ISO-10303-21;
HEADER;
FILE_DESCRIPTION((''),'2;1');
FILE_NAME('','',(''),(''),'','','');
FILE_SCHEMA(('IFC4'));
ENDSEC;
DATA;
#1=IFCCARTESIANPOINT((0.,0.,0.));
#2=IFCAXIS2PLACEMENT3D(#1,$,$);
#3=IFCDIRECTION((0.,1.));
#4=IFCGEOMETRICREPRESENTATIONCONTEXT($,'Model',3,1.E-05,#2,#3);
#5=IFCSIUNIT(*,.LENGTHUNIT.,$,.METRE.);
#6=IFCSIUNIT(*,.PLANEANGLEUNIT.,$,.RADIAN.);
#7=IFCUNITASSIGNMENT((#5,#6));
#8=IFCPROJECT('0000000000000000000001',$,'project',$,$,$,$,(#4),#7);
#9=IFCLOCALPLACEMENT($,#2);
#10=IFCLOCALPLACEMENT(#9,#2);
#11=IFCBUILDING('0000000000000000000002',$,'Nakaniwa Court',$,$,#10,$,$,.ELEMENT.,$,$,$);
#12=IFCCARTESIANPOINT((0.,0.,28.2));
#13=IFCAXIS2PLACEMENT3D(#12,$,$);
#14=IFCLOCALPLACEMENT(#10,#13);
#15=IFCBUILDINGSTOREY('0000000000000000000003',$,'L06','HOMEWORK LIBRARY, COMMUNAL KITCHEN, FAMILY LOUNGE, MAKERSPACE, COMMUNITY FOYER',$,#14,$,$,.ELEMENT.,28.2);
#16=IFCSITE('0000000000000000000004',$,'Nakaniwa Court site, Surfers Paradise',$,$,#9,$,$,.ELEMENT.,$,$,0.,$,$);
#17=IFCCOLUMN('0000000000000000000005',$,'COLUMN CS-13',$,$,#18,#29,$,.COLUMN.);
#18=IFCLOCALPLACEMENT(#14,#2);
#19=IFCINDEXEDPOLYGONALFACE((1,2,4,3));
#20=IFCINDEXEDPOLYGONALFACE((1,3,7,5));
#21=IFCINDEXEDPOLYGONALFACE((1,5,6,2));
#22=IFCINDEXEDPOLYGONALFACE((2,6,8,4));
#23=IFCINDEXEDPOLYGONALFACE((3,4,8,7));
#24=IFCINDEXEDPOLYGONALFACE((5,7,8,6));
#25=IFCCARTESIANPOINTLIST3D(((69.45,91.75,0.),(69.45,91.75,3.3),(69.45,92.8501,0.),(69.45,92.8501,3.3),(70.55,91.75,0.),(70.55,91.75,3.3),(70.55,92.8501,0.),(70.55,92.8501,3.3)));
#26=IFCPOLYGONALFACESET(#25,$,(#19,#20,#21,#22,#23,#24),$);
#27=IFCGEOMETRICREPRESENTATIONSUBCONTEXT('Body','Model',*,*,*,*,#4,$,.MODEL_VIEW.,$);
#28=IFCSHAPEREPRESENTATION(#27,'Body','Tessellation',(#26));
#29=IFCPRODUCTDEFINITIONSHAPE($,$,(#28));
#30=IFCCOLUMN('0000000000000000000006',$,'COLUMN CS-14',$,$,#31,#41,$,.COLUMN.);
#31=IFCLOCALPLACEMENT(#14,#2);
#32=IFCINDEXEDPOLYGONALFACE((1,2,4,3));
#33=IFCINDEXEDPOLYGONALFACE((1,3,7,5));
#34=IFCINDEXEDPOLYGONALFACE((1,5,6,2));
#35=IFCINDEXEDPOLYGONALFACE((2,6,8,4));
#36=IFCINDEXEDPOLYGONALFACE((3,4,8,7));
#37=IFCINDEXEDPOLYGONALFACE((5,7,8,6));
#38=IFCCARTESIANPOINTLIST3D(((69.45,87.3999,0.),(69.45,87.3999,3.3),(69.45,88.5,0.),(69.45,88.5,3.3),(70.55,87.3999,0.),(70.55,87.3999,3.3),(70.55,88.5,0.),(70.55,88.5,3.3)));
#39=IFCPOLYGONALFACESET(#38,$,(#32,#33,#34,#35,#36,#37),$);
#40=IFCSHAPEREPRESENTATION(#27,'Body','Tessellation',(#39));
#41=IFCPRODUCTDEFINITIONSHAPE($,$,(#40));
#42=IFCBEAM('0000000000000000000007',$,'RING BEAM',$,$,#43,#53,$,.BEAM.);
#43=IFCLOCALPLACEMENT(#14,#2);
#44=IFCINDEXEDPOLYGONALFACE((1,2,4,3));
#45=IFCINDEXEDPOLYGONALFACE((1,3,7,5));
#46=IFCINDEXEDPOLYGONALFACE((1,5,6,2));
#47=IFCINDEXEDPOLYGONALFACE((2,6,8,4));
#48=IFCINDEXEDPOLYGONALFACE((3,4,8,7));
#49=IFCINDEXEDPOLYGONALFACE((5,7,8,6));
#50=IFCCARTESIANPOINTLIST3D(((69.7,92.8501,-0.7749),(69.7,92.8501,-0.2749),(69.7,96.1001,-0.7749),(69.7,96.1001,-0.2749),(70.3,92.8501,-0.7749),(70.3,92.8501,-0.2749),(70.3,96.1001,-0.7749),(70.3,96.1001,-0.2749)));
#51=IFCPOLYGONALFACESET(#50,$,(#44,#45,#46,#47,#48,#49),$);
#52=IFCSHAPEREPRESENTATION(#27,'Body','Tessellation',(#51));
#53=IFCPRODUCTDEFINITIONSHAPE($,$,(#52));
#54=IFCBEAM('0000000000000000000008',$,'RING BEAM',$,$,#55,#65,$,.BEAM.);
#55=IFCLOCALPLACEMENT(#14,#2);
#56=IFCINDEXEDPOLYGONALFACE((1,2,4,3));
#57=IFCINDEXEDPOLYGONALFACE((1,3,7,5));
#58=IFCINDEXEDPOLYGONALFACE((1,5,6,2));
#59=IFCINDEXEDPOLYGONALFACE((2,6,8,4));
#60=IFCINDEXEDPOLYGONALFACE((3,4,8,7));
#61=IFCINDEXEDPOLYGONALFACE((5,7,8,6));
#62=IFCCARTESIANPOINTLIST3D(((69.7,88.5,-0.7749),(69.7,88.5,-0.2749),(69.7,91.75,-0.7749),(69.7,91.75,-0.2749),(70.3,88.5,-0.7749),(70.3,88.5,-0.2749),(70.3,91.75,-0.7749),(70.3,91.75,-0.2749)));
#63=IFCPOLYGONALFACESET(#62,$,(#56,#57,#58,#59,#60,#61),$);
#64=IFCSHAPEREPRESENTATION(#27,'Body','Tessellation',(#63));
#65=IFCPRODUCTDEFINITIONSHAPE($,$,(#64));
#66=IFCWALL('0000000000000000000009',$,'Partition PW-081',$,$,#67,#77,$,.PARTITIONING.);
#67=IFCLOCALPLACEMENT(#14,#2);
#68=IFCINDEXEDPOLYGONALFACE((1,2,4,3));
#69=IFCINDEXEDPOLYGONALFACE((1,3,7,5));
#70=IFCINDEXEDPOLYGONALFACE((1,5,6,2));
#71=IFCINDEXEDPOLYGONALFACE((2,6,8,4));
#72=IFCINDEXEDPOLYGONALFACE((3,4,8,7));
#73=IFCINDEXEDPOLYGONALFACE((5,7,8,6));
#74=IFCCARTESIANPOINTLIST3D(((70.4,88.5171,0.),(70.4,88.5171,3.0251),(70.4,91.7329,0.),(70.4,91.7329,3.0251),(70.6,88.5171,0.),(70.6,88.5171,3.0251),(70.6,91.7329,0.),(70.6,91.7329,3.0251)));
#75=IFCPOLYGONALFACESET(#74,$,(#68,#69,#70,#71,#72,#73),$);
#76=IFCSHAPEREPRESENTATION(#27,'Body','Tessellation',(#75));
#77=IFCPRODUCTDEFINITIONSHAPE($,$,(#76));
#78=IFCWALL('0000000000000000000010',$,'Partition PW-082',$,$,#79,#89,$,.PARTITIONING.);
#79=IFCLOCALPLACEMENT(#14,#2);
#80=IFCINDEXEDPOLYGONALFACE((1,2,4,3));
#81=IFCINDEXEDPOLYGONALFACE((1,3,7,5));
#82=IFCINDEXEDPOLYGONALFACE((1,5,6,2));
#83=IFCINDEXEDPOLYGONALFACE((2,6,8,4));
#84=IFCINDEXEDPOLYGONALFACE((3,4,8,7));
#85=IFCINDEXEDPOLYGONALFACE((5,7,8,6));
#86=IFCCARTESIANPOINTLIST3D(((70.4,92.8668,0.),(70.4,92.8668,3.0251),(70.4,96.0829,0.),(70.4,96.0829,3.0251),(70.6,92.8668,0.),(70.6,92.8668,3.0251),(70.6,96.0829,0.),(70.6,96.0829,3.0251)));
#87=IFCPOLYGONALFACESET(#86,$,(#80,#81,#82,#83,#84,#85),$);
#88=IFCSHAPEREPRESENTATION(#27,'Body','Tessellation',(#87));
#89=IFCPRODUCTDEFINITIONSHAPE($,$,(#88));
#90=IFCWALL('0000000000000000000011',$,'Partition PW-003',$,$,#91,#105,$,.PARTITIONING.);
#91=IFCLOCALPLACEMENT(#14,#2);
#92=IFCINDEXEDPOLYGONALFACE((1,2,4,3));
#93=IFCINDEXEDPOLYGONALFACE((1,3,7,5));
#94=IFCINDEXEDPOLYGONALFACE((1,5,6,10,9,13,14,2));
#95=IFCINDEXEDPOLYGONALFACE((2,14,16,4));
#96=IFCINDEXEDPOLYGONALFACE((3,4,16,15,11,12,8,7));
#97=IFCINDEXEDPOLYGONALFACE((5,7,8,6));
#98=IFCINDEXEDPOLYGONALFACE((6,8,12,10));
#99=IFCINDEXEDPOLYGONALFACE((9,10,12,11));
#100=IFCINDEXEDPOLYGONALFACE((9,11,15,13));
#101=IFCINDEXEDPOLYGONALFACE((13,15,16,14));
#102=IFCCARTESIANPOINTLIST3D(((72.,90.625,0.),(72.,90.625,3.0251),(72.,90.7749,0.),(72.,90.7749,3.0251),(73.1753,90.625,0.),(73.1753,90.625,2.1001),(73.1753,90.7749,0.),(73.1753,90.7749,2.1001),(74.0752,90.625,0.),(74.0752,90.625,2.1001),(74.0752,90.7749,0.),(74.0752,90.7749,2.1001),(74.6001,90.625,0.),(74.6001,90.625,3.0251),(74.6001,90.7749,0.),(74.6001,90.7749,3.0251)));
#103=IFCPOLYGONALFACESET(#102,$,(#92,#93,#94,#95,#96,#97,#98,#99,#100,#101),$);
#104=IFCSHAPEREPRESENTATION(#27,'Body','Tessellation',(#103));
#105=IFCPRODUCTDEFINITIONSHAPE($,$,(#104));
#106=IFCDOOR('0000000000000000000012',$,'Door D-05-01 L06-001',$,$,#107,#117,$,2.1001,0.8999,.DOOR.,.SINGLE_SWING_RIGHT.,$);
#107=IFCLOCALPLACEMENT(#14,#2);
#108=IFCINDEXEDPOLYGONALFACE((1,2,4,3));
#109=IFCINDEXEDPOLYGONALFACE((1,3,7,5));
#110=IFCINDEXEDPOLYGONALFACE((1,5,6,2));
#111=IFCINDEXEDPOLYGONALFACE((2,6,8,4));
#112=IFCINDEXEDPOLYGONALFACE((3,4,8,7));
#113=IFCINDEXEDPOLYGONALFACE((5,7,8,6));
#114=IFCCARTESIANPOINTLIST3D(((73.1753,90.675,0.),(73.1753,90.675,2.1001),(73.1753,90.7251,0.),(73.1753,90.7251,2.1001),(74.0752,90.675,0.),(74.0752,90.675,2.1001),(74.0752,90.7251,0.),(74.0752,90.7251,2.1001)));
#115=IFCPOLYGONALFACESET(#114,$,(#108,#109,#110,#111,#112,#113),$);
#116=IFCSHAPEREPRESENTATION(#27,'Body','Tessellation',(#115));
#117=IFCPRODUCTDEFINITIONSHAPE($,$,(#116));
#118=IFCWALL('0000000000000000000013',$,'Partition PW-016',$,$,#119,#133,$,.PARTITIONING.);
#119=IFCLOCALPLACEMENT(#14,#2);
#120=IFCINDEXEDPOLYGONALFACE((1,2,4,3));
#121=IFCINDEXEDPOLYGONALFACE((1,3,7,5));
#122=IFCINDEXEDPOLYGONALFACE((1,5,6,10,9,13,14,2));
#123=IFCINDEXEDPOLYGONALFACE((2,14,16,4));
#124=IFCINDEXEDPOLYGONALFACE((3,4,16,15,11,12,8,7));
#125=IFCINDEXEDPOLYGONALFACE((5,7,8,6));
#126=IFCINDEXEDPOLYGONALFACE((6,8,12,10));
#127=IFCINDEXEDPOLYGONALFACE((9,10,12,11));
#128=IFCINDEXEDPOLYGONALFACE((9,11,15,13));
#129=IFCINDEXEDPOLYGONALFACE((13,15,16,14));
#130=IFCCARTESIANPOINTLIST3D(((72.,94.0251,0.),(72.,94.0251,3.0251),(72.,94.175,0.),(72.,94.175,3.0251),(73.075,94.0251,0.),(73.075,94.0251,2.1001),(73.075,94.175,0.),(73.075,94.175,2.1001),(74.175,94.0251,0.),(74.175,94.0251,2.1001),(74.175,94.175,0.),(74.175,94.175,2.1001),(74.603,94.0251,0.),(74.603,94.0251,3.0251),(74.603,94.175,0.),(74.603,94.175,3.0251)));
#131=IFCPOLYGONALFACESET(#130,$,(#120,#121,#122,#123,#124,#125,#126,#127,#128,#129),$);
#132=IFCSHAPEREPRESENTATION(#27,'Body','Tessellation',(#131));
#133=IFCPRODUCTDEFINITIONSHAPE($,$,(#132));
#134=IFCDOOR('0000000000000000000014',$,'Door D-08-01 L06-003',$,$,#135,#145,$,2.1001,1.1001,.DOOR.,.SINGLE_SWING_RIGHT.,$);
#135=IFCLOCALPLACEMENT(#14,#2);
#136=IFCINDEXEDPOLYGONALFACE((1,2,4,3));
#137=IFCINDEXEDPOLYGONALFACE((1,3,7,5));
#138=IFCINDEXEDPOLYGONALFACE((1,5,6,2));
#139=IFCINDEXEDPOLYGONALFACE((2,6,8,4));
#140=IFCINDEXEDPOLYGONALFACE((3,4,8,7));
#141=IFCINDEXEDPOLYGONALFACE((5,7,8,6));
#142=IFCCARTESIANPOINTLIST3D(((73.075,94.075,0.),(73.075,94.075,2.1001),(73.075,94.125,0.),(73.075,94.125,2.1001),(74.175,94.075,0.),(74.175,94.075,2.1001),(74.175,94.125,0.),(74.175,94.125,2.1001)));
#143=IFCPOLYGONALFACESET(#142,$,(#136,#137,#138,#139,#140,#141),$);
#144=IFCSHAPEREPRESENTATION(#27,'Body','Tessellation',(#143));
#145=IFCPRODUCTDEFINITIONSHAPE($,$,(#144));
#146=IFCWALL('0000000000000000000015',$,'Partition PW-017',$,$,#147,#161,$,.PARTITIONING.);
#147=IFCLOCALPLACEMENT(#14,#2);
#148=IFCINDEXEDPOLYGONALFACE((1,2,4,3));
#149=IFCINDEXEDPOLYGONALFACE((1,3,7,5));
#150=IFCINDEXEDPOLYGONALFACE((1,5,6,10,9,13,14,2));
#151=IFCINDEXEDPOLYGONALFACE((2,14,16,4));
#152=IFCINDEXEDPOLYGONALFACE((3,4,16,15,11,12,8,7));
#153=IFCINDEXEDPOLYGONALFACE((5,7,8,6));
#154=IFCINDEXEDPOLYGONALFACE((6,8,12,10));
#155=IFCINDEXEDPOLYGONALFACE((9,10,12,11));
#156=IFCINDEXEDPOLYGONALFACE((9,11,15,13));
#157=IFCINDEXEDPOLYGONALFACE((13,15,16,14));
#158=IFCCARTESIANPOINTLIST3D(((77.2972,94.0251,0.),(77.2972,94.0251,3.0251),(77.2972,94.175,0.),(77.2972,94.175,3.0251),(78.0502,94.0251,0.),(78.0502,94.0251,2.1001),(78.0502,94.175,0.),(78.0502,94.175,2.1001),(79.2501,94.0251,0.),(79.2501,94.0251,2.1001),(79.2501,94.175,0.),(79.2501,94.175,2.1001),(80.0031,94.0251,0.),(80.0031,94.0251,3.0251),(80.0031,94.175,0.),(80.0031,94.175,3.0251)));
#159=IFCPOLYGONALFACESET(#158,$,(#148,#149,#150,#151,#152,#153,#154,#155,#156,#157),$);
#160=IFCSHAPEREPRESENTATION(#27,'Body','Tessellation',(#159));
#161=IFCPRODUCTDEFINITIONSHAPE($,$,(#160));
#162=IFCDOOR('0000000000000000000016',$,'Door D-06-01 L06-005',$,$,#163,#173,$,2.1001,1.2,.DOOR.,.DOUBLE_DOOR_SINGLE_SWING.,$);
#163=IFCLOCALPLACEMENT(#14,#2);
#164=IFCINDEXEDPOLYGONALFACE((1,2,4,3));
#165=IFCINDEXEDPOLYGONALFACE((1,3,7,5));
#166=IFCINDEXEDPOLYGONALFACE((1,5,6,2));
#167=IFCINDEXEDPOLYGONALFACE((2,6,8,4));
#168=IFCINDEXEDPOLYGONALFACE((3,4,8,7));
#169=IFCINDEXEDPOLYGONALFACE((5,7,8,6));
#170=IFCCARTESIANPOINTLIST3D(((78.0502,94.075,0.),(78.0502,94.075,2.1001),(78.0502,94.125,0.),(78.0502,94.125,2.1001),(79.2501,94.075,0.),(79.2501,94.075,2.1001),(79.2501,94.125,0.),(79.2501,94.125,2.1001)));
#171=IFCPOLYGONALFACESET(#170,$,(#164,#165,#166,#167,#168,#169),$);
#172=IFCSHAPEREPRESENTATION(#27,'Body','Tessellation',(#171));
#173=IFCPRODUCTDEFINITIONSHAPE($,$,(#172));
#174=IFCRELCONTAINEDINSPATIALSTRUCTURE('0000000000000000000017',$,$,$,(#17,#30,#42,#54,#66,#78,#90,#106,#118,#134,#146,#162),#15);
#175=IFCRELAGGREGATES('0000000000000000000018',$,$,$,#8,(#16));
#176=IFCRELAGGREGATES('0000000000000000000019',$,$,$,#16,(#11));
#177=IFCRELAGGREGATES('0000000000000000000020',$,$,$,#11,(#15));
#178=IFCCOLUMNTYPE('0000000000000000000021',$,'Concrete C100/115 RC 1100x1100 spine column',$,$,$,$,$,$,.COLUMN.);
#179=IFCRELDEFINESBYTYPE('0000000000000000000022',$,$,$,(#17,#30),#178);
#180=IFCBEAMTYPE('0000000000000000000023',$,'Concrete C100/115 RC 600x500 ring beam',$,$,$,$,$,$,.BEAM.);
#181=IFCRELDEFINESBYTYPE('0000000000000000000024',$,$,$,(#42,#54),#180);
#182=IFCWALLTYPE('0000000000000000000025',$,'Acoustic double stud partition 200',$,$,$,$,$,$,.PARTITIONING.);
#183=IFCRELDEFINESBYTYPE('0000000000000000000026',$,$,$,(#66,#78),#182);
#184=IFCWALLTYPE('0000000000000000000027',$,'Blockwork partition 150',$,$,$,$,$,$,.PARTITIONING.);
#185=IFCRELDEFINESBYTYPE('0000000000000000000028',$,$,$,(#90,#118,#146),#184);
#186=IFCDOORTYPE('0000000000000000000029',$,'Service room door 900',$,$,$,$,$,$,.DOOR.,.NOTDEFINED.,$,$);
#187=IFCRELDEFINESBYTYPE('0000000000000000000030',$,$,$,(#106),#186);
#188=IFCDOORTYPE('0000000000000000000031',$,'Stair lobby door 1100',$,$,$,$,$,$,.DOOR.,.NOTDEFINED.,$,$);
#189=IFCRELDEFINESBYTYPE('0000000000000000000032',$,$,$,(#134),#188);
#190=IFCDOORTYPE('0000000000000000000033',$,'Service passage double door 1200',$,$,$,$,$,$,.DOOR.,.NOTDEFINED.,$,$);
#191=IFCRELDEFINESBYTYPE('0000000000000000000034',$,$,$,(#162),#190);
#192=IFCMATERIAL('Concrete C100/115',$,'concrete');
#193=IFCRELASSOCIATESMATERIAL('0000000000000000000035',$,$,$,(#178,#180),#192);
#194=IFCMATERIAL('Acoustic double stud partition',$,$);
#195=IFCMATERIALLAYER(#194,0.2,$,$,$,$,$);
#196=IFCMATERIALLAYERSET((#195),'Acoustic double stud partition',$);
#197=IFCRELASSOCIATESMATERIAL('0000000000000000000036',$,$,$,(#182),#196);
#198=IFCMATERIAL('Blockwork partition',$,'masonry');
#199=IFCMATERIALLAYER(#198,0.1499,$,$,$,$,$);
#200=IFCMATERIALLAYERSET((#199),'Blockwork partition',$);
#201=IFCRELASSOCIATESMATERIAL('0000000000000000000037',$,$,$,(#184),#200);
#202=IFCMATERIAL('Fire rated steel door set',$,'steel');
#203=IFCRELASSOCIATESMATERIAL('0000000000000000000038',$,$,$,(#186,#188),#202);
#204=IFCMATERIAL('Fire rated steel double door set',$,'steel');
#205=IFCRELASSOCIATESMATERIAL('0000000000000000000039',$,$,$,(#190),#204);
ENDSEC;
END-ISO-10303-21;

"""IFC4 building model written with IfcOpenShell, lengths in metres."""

from ifc_helpers import new_model, si_unit, direction, frame, frame_2d, origin, origin_2d, place, context, subcontext, project, spatial, rectangle, extrude, material, layer, layer_set, material_profile, profile_set, type_object, element, fill, save


model = new_model("IFC4")

# Units and contexts
model_context = context("Model", 3, precision=1e-05, world=origin(), true_north=direction((0.0, 1.0)))
body_context = subcontext(model_context, "Body", "Model", "MODEL_VIEW")
ifc_project = project(units=[si_unit("LENGTHUNIT", "METRE"), si_unit("PLANEANGLEUNIT", "RADIAN")], contexts=[model_context])

# Site, building, storey
site_placement = place(None, origin())
site = spatial("IfcSite", under=ifc_project, at=site_placement, Name="Nakaniwa Court site, Surfers Paradise", CompositionType="ELEMENT", RefElevation=0.0)
building_placement = place(site_placement, origin())
building = spatial("IfcBuilding", under=site, at=building_placement, Name="Nakaniwa Court", CompositionType="ELEMENT")
storey_placement = place(building_placement, frame((0.0, 0.0, 28.2)))
storey = spatial("IfcBuildingStorey", under=building, at=storey_placement, Name="L06", Description="HOMEWORK LIBRARY, COMMUNAL KITCHEN, FAMILY LOUNGE, MAKERSPACE, COMMUNITY FOYER", CompositionType="ELEMENT", Elevation=28.2)

# Columns
ifc_material_1 = material(Name="Concrete C100/115", Category="concrete")
ifc_material_profile_1 = material_profile(ifc_material_1, rectangle(XDim=1.1001, YDim=1.1001, at=origin_2d()), Name="Concrete C100/115 RC 1100x1100 spine column")
ifc_profile_set_1 = profile_set([ifc_material_profile_1], Name="Concrete C100/115")
column_type = type_object("IfcColumnType", Name="Concrete C100/115 RC 1100x1100 spine column", PredefinedType="COLUMN", material=ifc_profile_set_1)
for number, where, z_axis, x_axis, name in (
    (1, (70.0, 92.3, 0.0), (0.0, 0.0, 1.0), (0.0, -1.0, 0.0), "COLUMN CS-13"),
    (2, (70.0, 87.95, 0.0), (0.0, 0.0, 1.0), (0.0, -1.0, 0.0), "COLUMN CS-14"),
):
    element("IfcColumn", number, at=place(storey_placement, frame(where, z_axis=z_axis, x_axis=x_axis)), inside=storey, type_object=column_type, Name=name, PredefinedType="COLUMN", context=body_context, shape_type="SweptSolid", body=[
        extrude(rectangle(XDim=1.1001, YDim=1.1001, at=origin_2d()), origin(), (0.0, 0.0, 1.0), 3.3),
    ])

# Beams
ifc_material_profile_2 = material_profile(ifc_material_1, rectangle(XDim=0.6001, YDim=0.5, at=origin_2d()), Name="Concrete C100/115 RC 600x500 ring beam")
ifc_profile_set_2 = profile_set([ifc_material_profile_2], Name="Concrete C100/115")
beam_type = type_object("IfcBeamType", Name="Concrete C100/115 RC 600x500 ring beam", PredefinedType="BEAM", material=ifc_profile_set_2)
for number, where, z_axis, x_axis, name in (
    (3, (70.0, 96.1001, -0.5249), (0.0, -1.0, 0.0), (1.0, 0.0, 0.0), "RING BEAM"),
    (4, (70.0, 91.75, -0.5249), (0.0, -1.0, 0.0), (1.0, 0.0, 0.0), "RING BEAM"),
):
    element("IfcBeam", number, at=place(storey_placement, frame(where, z_axis=z_axis, x_axis=x_axis)), inside=storey, type_object=beam_type, Name=name, PredefinedType="BEAM", context=body_context, shape_type="SweptSolid", body=[
        extrude(rectangle(XDim=0.6001, YDim=0.5, at=origin_2d()), origin(), (0.0, 0.0, 1.0), 3.25),
    ])

# Walls
ifc_material_2 = material(Name="Acoustic double stud partition")
ifc_layer_1 = layer(ifc_material_2, 0.2)
ifc_layer_set_1 = layer_set([ifc_layer_1], Name="Acoustic double stud partition")
wall_type_1 = type_object("IfcWallType", Name="Acoustic double stud partition 200", PredefinedType="PARTITIONING", material=ifc_layer_set_1)
wall_1_placement = place(storey_placement, frame((70.5, 88.5171, 0.0), z_axis=(0.0, 0.0, 1.0), x_axis=(0.0, 1.0, 0.0)))
element("IfcWall", 5, at=wall_1_placement, inside=storey, type_object=wall_type_1, Name="Partition PW-081", PredefinedType="PARTITIONING", context=body_context, shape_type="SweptSolid", body=[
    extrude(rectangle(XDim=3.2158, YDim=0.2, at=frame_2d((1.6079, 0.0))), origin(), (0.0, 0.0, 1.0), 3.0251),
])
wall_2_placement = place(storey_placement, frame((70.5, 92.8669, 0.0), z_axis=(0.0, 0.0, 1.0), x_axis=(0.0, 1.0, 0.0)))
element("IfcWall", 6, at=wall_2_placement, inside=storey, type_object=wall_type_1, Name="Partition PW-082", PredefinedType="PARTITIONING", context=body_context, shape_type="SweptSolid", body=[
    extrude(rectangle(XDim=3.2161, YDim=0.2, at=frame_2d((1.6079, 0.0))), origin(), (0.0, 0.0, 1.0), 3.0251),
])

# Walls, openings, doors
ifc_material_3 = material(Name="Blockwork partition", Category="masonry")
ifc_layer_2 = layer(ifc_material_3, 0.1499)
ifc_layer_set_2 = layer_set([ifc_layer_2], Name="Blockwork partition")
wall_type_2 = type_object("IfcWallType", Name="Blockwork partition 150", PredefinedType="PARTITIONING", material=ifc_layer_set_2)
wall_3_placement = place(storey_placement, frame((74.6001, 90.7, 0.0), z_axis=(0.0, 0.0, 1.0), x_axis=(-1.0, 0.0, 0.0)))
wall_3 = element("IfcWall", 7, at=wall_3_placement, inside=storey, type_object=wall_type_2, Name="Partition PW-003", PredefinedType="PARTITIONING", context=body_context, shape_type="SweptSolid", body=[
    extrude(rectangle(XDim=2.6001, YDim=0.1499, at=frame_2d((1.3, 0.0))), origin(), (0.0, 0.0, 1.0), 3.0251),
])
opening_1_placement = place(wall_3_placement, frame((0.5249, 0.0, 0.0)))
opening_1 = element("IfcOpeningElement", 8, at=opening_1_placement, cuts=wall_3, PredefinedType="OPENING", context=body_context, shape_type="SweptSolid", body=[
    extrude(rectangle(XDim=0.8999, YDim=2.1001, at=frame_2d((0.45, 1.05))), frame((0.0, 0.085, 0.0), z_axis=(0.0, -1.0, 0.0), x_axis=(1.0, 0.0, 0.0)), (0.0, 0.0, 1.0), 0.1699),
])
ifc_material_4 = material(Name="Fire rated steel door set", Category="steel")
door_type_1 = type_object("IfcDoorType", Name="Service room door 900", OperationType="NOTDEFINED", PredefinedType="DOOR", material=ifc_material_4)
door_1_placement = place(opening_1_placement, origin())
door_1 = element("IfcDoor", 9, at=door_1_placement, inside=storey, type_object=door_type_1, Name="Door D-05-01 L06-001", OperationType="SINGLE_SWING_RIGHT", OverallHeight=2.1001, OverallWidth=0.8999, PredefinedType="DOOR", context=body_context, shape_type="SweptSolid", body=[
    extrude(rectangle(XDim=0.8999, YDim=2.1001, at=frame_2d((0.45, 1.05))), frame((0.0, 0.0249, 0.0), z_axis=(0.0, -1.0, 0.0), x_axis=(1.0, 0.0, 0.0)), (0.0, 0.0, 1.0), 0.05),
])
fill(opening_1, door_1)
wall_4_placement = place(storey_placement, frame((72.0, 94.1001, 0.0), z_axis=(0.0, 0.0, 1.0), x_axis=(1.0, 0.0, 0.0)))
wall_4 = element("IfcWall", 10, at=wall_4_placement, inside=storey, type_object=wall_type_2, Name="Partition PW-016", PredefinedType="PARTITIONING", context=body_context, shape_type="SweptSolid", body=[
    extrude(rectangle(XDim=2.603, YDim=0.1499, at=frame_2d((1.3015, 0.0))), origin(), (0.0, 0.0, 1.0), 3.0251),
])
opening_2_placement = place(wall_4_placement, frame((1.075, 0.0, 0.0)))
opening_2 = element("IfcOpeningElement", 11, at=opening_2_placement, cuts=wall_4, PredefinedType="OPENING", context=body_context, shape_type="SweptSolid", body=[
    extrude(rectangle(XDim=1.1001, YDim=2.1001, at=frame_2d((0.55, 1.05))), frame((0.0, 0.085, 0.0), z_axis=(0.0, -1.0, 0.0), x_axis=(1.0, 0.0, 0.0)), (0.0, 0.0, 1.0), 0.1699),
])
door_type_2 = type_object("IfcDoorType", Name="Stair lobby door 1100", OperationType="NOTDEFINED", PredefinedType="DOOR", material=ifc_material_4)
door_2_placement = place(opening_2_placement, origin())
door_2 = element("IfcDoor", 12, at=door_2_placement, inside=storey, type_object=door_type_2, Name="Door D-08-01 L06-003", OperationType="SINGLE_SWING_RIGHT", OverallHeight=2.1001, OverallWidth=1.1001, PredefinedType="DOOR", context=body_context, shape_type="SweptSolid", body=[
    extrude(rectangle(XDim=1.1001, YDim=2.1001, at=frame_2d((0.55, 1.05))), frame((0.0, 0.0249, 0.0), z_axis=(0.0, -1.0, 0.0), x_axis=(1.0, 0.0, 0.0)), (0.0, 0.0, 1.0), 0.05),
])
fill(opening_2, door_2)
wall_5_placement = place(storey_placement, frame((77.2971, 94.1001, 0.0), z_axis=(0.0, 0.0, 1.0), x_axis=(1.0, 0.0, 0.0)))
wall_5 = element("IfcWall", 13, at=wall_5_placement, inside=storey, type_object=wall_type_2, Name="Partition PW-017", PredefinedType="PARTITIONING", context=body_context, shape_type="SweptSolid", body=[
    extrude(rectangle(XDim=2.7058, YDim=0.1499, at=frame_2d((1.353, 0.0))), origin(), (0.0, 0.0, 1.0), 3.0251),
])
opening_3_placement = place(wall_5_placement, frame((0.7529, 0.0, 0.0)))
opening_3 = element("IfcOpeningElement", 14, at=opening_3_placement, cuts=wall_5, PredefinedType="OPENING", context=body_context, shape_type="SweptSolid", body=[
    extrude(rectangle(XDim=1.2, YDim=2.1001, at=frame_2d((0.6001, 1.05))), frame((0.0, 0.085, 0.0), z_axis=(0.0, -1.0, 0.0), x_axis=(1.0, 0.0, 0.0)), (0.0, 0.0, 1.0), 0.1699),
])
ifc_material_5 = material(Name="Fire rated steel double door set", Category="steel")
door_type_3 = type_object("IfcDoorType", Name="Service passage double door 1200", OperationType="NOTDEFINED", PredefinedType="DOOR", material=ifc_material_5)
door_3_placement = place(opening_3_placement, origin())
door_3 = element("IfcDoor", 15, at=door_3_placement, inside=storey, type_object=door_type_3, Name="Door D-06-01 L06-005", OperationType="DOUBLE_DOOR_SINGLE_SWING", OverallHeight=2.1001, OverallWidth=1.2, PredefinedType="DOOR", context=body_context, shape_type="SweptSolid", body=[
    extrude(rectangle(XDim=1.2, YDim=2.1001, at=frame_2d((0.6001, 1.05))), frame((0.0, 0.0249, 0.0), z_axis=(0.0, -1.0, 0.0), x_axis=(1.0, 0.0, 0.0)), (0.0, 0.0, 1.0), 0.05),
])
fill(opening_3, door_3)

save(model, "model.ifc")
